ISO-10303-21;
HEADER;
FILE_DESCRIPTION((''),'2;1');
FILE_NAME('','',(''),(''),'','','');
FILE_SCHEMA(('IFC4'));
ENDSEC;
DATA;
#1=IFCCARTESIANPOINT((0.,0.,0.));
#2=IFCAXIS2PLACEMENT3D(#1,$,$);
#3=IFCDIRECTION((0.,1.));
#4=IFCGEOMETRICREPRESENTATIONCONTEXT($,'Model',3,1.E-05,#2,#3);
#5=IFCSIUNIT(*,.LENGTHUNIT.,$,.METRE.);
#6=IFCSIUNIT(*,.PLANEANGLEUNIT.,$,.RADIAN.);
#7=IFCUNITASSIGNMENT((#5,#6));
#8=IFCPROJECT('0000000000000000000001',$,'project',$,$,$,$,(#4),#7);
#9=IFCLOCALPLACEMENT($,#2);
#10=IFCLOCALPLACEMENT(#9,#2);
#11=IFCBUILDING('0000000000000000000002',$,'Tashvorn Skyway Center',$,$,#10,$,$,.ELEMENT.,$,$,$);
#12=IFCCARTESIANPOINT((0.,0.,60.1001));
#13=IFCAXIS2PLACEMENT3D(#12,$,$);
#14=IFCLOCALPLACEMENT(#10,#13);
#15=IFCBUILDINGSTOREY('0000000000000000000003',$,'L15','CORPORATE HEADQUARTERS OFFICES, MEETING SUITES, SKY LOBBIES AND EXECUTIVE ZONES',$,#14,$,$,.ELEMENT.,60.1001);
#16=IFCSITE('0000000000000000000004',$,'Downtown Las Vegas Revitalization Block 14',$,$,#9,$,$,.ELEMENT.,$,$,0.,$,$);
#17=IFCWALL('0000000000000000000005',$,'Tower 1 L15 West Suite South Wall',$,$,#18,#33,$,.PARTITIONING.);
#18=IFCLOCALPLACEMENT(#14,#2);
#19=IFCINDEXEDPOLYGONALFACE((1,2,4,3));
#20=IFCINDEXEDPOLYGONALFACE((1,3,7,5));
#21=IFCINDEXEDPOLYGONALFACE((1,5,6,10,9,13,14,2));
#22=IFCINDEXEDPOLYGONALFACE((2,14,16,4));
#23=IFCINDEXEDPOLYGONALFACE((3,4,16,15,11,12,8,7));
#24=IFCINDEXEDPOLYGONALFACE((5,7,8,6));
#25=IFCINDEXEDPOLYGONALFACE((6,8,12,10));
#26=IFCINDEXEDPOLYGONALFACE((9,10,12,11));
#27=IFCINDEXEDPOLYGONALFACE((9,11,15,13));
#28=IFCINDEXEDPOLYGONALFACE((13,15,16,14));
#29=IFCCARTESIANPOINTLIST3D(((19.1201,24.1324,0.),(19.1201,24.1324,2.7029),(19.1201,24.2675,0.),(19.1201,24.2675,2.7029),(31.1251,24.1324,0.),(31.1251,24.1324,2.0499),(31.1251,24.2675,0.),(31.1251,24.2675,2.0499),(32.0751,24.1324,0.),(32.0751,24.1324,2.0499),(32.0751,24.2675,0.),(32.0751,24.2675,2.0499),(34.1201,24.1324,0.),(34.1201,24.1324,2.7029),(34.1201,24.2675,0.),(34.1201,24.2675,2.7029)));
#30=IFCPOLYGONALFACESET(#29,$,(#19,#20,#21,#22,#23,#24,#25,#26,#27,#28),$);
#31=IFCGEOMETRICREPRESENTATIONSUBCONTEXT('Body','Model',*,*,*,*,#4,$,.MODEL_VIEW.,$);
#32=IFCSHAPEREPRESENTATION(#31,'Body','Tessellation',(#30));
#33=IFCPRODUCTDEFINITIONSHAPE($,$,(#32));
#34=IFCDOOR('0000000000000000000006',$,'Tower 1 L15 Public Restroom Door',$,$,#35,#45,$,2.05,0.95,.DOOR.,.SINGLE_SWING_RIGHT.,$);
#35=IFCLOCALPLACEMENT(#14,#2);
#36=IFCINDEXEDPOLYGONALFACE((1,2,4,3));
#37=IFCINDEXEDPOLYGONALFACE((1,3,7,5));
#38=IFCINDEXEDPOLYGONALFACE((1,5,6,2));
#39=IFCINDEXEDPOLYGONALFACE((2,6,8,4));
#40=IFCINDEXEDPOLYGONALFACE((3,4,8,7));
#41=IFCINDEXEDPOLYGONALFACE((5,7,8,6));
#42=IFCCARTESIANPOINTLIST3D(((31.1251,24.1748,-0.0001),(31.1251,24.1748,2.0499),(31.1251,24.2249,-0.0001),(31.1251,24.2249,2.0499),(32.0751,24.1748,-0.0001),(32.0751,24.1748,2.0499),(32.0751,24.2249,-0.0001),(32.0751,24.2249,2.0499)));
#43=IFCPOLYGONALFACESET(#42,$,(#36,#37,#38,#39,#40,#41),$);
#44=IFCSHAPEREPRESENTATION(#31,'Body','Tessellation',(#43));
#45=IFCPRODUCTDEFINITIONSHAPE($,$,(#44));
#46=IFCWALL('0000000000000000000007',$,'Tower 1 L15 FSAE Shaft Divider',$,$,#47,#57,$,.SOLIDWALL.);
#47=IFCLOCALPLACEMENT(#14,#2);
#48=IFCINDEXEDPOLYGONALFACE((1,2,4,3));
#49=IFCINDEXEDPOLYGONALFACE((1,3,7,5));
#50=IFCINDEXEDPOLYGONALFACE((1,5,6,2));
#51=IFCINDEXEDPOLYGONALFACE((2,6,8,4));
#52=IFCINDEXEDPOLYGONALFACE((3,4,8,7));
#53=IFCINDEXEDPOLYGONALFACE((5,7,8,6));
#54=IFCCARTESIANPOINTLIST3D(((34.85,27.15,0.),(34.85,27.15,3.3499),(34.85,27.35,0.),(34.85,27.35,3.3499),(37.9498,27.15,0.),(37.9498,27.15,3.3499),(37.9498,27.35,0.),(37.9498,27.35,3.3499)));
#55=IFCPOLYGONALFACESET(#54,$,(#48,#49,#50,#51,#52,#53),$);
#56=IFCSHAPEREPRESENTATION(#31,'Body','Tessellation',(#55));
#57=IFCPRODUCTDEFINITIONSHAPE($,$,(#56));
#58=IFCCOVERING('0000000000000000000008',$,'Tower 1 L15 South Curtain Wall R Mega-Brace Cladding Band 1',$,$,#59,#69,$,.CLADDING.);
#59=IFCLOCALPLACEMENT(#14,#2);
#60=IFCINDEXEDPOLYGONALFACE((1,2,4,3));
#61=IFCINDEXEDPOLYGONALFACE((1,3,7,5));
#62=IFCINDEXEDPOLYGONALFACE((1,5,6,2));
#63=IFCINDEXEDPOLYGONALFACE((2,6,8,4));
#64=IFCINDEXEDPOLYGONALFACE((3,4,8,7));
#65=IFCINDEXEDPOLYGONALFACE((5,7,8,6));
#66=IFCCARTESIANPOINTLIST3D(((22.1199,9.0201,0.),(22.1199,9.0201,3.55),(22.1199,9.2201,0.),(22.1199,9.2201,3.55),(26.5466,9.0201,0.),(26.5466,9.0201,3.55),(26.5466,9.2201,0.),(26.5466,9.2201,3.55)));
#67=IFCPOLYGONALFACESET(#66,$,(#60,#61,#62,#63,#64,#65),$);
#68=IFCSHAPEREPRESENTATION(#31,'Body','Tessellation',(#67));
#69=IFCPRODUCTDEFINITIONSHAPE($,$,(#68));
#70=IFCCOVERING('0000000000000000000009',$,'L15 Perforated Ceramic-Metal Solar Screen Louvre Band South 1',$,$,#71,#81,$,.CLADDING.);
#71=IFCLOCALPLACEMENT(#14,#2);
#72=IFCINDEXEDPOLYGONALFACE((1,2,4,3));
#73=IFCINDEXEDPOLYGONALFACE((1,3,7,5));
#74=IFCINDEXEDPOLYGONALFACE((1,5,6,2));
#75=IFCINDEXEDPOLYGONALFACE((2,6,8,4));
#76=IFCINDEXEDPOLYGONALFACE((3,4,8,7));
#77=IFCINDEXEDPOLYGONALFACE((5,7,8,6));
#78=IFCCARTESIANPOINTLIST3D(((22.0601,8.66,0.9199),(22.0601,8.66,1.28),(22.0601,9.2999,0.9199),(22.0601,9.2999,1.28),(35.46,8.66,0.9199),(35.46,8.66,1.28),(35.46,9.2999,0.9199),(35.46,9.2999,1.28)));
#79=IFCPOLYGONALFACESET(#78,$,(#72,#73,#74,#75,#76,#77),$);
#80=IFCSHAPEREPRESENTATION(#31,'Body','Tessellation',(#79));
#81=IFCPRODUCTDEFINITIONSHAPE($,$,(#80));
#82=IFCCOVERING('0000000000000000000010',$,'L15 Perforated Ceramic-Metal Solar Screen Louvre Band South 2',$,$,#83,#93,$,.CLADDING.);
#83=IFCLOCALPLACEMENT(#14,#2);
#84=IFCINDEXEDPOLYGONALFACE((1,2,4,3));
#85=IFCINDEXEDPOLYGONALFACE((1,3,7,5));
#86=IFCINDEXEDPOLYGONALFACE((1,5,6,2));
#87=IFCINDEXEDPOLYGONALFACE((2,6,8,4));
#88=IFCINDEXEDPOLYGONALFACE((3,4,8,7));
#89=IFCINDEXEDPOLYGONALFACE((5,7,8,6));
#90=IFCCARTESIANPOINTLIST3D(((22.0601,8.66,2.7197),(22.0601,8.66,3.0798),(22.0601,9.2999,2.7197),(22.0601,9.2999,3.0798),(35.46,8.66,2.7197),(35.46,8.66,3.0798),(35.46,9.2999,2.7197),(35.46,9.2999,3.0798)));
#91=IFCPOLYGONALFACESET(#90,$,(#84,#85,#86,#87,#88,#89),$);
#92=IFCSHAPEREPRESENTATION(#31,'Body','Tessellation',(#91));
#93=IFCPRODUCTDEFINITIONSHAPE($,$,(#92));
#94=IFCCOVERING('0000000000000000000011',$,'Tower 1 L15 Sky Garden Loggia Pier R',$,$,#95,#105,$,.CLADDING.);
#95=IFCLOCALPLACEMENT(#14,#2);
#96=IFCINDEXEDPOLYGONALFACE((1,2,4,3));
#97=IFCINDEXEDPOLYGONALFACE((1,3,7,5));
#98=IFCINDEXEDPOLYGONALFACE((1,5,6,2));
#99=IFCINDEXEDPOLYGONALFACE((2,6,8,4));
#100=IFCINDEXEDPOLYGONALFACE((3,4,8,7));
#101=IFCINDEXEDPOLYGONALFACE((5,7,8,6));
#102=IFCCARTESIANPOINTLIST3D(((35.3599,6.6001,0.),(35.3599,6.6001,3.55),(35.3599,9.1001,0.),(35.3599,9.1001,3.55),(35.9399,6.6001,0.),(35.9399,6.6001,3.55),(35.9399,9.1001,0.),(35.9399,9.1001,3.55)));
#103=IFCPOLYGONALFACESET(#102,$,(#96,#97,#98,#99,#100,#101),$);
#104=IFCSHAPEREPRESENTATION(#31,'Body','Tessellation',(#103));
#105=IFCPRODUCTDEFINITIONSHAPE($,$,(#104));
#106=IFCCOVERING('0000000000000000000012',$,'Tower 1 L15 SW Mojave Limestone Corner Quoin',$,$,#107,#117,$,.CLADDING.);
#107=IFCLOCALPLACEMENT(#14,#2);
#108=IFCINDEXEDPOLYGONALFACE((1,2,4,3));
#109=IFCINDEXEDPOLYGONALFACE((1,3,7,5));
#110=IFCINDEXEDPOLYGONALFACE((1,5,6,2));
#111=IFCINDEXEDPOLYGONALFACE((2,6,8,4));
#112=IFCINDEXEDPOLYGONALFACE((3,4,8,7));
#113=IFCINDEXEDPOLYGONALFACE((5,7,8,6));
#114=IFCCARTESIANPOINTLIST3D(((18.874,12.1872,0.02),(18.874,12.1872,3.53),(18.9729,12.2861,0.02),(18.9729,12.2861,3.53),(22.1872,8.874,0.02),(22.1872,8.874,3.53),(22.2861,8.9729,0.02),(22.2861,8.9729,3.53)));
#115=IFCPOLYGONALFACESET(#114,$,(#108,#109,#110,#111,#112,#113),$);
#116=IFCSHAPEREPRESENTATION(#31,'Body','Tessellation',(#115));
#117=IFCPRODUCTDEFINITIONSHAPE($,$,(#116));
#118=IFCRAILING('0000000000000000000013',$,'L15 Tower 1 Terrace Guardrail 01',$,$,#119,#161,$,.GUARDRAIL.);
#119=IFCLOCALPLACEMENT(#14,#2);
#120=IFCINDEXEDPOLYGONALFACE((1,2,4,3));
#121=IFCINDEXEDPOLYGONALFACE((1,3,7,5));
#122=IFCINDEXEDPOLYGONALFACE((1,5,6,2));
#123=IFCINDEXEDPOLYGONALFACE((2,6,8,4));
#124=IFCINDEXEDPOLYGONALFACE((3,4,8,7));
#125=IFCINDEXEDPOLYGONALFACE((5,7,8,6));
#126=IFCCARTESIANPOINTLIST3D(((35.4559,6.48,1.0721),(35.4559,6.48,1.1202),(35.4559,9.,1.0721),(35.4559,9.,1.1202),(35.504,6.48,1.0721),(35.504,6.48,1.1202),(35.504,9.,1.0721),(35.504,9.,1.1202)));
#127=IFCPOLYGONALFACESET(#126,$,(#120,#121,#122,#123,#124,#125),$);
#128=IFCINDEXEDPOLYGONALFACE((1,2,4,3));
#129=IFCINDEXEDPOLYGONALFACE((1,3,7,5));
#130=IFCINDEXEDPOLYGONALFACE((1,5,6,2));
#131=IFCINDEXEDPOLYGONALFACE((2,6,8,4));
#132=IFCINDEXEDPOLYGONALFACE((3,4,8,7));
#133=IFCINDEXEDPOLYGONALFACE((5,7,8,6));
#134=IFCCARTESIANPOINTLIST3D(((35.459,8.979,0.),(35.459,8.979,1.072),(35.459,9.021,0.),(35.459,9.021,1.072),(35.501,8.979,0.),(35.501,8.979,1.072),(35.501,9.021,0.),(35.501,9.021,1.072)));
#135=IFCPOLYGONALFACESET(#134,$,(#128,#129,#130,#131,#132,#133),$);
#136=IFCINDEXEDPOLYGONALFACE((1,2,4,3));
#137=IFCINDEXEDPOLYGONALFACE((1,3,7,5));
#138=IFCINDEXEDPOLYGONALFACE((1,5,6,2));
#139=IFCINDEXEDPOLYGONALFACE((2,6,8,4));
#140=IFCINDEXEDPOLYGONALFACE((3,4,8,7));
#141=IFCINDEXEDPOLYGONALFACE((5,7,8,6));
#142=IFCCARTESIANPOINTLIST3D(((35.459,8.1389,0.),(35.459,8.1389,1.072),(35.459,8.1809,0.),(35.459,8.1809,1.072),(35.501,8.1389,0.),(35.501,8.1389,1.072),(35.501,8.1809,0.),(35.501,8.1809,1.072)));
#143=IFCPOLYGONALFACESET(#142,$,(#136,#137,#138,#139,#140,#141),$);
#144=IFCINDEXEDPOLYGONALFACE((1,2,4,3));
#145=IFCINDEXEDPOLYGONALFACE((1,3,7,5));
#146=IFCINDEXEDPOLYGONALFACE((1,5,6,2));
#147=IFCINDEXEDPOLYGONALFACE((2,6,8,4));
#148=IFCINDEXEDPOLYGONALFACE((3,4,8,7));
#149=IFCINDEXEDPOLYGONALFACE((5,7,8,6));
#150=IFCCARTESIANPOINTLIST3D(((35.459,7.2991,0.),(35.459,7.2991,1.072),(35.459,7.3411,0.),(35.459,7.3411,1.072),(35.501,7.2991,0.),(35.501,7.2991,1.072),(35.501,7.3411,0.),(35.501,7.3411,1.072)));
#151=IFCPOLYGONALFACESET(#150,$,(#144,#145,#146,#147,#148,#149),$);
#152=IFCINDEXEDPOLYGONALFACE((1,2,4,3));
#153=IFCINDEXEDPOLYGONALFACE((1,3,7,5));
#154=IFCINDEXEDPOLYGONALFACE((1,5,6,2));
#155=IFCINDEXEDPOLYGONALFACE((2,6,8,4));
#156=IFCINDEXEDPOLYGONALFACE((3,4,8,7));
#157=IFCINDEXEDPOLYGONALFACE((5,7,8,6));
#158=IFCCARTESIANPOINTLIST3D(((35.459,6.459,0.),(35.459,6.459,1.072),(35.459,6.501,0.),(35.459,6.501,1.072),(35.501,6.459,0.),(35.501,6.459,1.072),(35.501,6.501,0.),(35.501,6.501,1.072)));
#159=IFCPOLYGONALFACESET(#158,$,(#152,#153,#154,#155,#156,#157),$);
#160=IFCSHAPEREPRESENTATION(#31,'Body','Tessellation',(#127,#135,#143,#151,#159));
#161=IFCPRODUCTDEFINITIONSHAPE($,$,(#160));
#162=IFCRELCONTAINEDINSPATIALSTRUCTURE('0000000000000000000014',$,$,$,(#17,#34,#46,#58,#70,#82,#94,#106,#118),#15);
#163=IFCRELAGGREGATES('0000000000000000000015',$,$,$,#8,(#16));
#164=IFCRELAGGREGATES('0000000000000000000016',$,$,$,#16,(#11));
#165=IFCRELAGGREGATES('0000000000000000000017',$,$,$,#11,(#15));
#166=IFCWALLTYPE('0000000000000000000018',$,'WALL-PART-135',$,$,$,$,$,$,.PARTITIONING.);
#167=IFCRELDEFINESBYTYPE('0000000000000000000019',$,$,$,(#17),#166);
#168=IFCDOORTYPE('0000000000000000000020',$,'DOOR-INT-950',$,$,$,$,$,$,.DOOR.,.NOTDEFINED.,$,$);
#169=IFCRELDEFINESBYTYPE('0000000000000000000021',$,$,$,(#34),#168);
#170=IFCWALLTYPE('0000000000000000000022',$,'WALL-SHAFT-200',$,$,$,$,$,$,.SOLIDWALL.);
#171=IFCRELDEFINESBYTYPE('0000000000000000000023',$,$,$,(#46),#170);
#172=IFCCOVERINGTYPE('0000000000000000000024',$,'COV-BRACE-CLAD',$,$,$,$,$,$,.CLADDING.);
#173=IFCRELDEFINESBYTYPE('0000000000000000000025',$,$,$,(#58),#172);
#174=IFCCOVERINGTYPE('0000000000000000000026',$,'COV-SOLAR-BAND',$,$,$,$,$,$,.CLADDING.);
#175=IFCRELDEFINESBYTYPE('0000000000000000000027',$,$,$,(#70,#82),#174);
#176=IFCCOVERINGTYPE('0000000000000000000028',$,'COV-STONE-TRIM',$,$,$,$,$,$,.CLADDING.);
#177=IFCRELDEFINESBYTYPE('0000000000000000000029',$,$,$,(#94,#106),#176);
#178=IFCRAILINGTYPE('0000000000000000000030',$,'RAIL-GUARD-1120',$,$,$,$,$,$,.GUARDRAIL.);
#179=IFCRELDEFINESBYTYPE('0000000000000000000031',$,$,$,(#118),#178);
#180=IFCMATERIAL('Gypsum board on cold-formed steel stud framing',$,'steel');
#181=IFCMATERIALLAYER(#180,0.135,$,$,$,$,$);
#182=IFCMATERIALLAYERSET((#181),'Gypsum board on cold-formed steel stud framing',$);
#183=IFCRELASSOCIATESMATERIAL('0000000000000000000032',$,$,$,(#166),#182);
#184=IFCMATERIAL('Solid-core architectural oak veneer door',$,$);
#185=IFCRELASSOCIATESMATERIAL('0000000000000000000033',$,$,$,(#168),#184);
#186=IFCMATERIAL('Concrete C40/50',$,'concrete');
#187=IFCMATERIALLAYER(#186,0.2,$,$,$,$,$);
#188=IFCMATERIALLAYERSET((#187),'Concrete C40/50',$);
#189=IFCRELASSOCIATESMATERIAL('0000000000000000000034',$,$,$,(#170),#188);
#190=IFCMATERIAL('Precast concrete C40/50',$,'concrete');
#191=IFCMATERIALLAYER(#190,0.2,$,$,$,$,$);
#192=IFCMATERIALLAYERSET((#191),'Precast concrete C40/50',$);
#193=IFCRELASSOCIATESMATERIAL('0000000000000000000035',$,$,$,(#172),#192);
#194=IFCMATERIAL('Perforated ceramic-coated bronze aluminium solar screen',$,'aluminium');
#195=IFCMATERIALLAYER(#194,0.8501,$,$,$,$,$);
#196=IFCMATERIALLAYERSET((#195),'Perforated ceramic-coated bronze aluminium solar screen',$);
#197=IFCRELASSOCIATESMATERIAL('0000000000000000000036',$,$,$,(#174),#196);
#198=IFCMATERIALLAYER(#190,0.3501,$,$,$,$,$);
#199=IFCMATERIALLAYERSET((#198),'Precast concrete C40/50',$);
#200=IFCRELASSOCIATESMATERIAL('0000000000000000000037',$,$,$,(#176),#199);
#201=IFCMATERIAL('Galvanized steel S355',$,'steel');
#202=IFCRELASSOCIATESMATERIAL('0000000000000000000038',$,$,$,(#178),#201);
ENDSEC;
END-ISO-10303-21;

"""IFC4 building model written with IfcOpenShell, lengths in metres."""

from ifc_helpers import new_model, si_unit, direction, frame, frame_2d, origin, origin_2d, place, context, subcontext, project, spatial, rectangle, extrude, material, layer, layer_set, type_object, element, fill, save


model = new_model("IFC4")

# Units and contexts
model_context = context("Model", 3, precision=1e-05, world=origin(), true_north=direction((0.0, 1.0)))
body_context = subcontext(model_context, "Body", "Model", "MODEL_VIEW")
ifc_project = project(units=[si_unit("LENGTHUNIT", "METRE"), si_unit("PLANEANGLEUNIT", "RADIAN")], contexts=[model_context])

# Site, building, storey
site_placement = place(None, origin())
site = spatial("IfcSite", under=ifc_project, at=site_placement, Name="Downtown Las Vegas Revitalization Block 14", CompositionType="ELEMENT", RefElevation=0.0)
building_placement = place(site_placement, origin())
building = spatial("IfcBuilding", under=site, at=building_placement, Name="Tashvorn Skyway Center", CompositionType="ELEMENT")
storey_placement = place(building_placement, frame((0.0, 0.0, 60.1001)))
storey = spatial("IfcBuildingStorey", under=building, at=storey_placement, Name="L15", Description="CORPORATE HEADQUARTERS OFFICES, MEETING SUITES, SKY LOBBIES AND EXECUTIVE ZONES", CompositionType="ELEMENT", Elevation=60.1001)

# Shared definitions
ifc_material_1 = material(Name="Precast concrete C40/50", Category="concrete")

# Wall, opening, door
ifc_material_2 = material(Name="Gypsum board on cold-formed steel stud framing", Category="steel")
ifc_layer_1 = layer(ifc_material_2, 0.135)
ifc_layer_set_1 = layer_set([ifc_layer_1], Name="Gypsum board on cold-formed steel stud framing")
wall_type_1 = type_object("IfcWallType", Name="WALL-PART-135", PredefinedType="PARTITIONING", material=ifc_layer_set_1)
wall_1_placement = place(storey_placement, frame((19.1201, 24.2, 0.0), z_axis=(0.0, 0.0, 1.0), x_axis=(1.0, 0.0, 0.0)))
wall_1 = element("IfcWall", 1, at=wall_1_placement, inside=storey, type_object=wall_type_1, Name="Tower 1 L15 West Suite South Wall", PredefinedType="PARTITIONING", context=body_context, shape_type="SweptSolid", body=[
    extrude(rectangle(XDim=15.0, YDim=0.135, at=frame_2d((7.5, 0.0))), origin(), (0.0, 0.0, 1.0), 2.7029),
])
opening_placement = place(wall_1_placement, frame((12.0049, 0.0, 0.0)))
opening = element("IfcOpeningElement", 2, at=opening_placement, cuts=wall_1, PredefinedType="OPENING", context=body_context, shape_type="SweptSolid", body=[
    extrude(rectangle(XDim=0.95, YDim=2.05, at=frame_2d((0.4751, 1.0249))), frame((0.0, 0.0774, 0.0), z_axis=(0.0, -1.0, 0.0), x_axis=(1.0, 0.0, 0.0)), (0.0, 0.0, 1.0), 0.155),
])
ifc_material_3 = material(Name="Solid-core architectural oak veneer door")
door_type = type_object("IfcDoorType", Name="DOOR-INT-950", OperationType="NOTDEFINED", PredefinedType="DOOR", material=ifc_material_3)
door_placement = place(opening_placement, origin())
door = element("IfcDoor", 3, at=door_placement, inside=storey, type_object=door_type, Name="Tower 1 L15 Public Restroom Door", OperationType="SINGLE_SWING_RIGHT", OverallHeight=2.05, OverallWidth=0.95, PredefinedType="DOOR", context=body_context, shape_type="SweptSolid", body=[
    extrude(rectangle(XDim=0.95, YDim=2.05, at=frame_2d((0.4751, 1.0249))), frame((0.0, 0.0249, 0.0), z_axis=(0.0, -1.0, 0.0), x_axis=(1.0, 0.0, 0.0)), (0.0, 0.0, 1.0), 0.05),
])
fill(opening, door)

# Wall
ifc_material_4 = material(Name="Concrete C40/50", Category="concrete")
ifc_layer_2 = layer(ifc_material_4, 0.2)
ifc_layer_set_2 = layer_set([ifc_layer_2], Name="Concrete C40/50")
wall_type_2 = type_object("IfcWallType", Name="WALL-SHAFT-200", PredefinedType="SOLIDWALL", material=ifc_layer_set_2)
wall_2_placement = place(storey_placement, frame((34.8501, 27.25, 0.0), z_axis=(0.0, 0.0, 1.0), x_axis=(1.0, 0.0, 0.0)))
element("IfcWall", 4, at=wall_2_placement, inside=storey, type_object=wall_type_2, Name="Tower 1 L15 FSAE Shaft Divider", PredefinedType="SOLIDWALL", context=body_context, shape_type="SweptSolid", body=[
    extrude(rectangle(XDim=3.0999, YDim=0.2, at=frame_2d((1.5498, 0.0))), origin(), (0.0, 0.0, 1.0), 3.3499),
])

# Coverings
ifc_layer_3 = layer(ifc_material_1, 0.2)
ifc_layer_set_3 = layer_set([ifc_layer_3], Name="Precast concrete C40/50")
covering_type_1 = type_object("IfcCoveringType", Name="COV-BRACE-CLAD", PredefinedType="CLADDING", material=ifc_layer_set_3)
covering_1_placement = place(storey_placement, frame((24.3333, 9.1201, 0.0), z_axis=(0.0, 0.0, 1.0), x_axis=(-1.0, 0.0, 0.0)))
element("IfcCovering", 5, at=covering_1_placement, inside=storey, type_object=covering_type_1, Name="Tower 1 L15 South Curtain Wall R Mega-Brace Cladding Band 1", PredefinedType="CLADDING", context=body_context, shape_type="SweptSolid", body=[
    extrude(rectangle(XDim=4.4268, YDim=0.2, at=origin_2d()), origin(), (0.0, 0.0, 1.0), 3.55),
])
ifc_material_5 = material(Name="Perforated ceramic-coated bronze aluminium solar screen", Category="aluminium")
ifc_layer_4 = layer(ifc_material_5, 0.8501)
ifc_layer_set_4 = layer_set([ifc_layer_4], Name="Perforated ceramic-coated bronze aluminium solar screen")
covering_type_2 = type_object("IfcCoveringType", Name="COV-SOLAR-BAND", PredefinedType="CLADDING", material=ifc_layer_set_4)
for number, where, z_axis, x_axis, name in (
    (6, (28.76, 8.98, 0.9199), (0.0, 0.0, 1.0), (-1.0, 0.0, 0.0), "L15 Perforated Ceramic-Metal Solar Screen Louvre Band South 1"),
    (7, (28.76, 8.98, 2.7197), (0.0, 0.0, 1.0), (-1.0, 0.0, 0.0), "L15 Perforated Ceramic-Metal Solar Screen Louvre Band South 2"),
):
    element("IfcCovering", number, at=place(storey_placement, frame(where, z_axis=z_axis, x_axis=x_axis)), inside=storey, type_object=covering_type_2, Name=name, PredefinedType="CLADDING", context=body_context, shape_type="SweptSolid", body=[
        extrude(rectangle(XDim=13.3999, YDim=0.6399, at=origin_2d()), origin(), (0.0, 0.0, 1.0), 0.3601),
    ])
ifc_layer_5 = layer(ifc_material_1, 0.3501)
ifc_layer_set_5 = layer_set([ifc_layer_5], Name="Precast concrete C40/50")
covering_type_3 = type_object("IfcCoveringType", Name="COV-STONE-TRIM", PredefinedType="CLADDING", material=ifc_layer_set_5)
covering_2_placement = place(storey_placement, frame((35.6499, 7.8501, 0.0), z_axis=(0.0, 0.0, 1.0), x_axis=(-1.0, 0.0, 0.0)))
element("IfcCovering", 8, at=covering_2_placement, inside=storey, type_object=covering_type_3, Name="Tower 1 L15 Sky Garden Loggia Pier R", PredefinedType="CLADDING", context=body_context, shape_type="SweptSolid", body=[
    extrude(rectangle(XDim=0.5801, YDim=2.5, at=origin_2d()), origin(), (0.0, 0.0, 1.0), 3.55),
])
covering_3_placement = place(storey_placement, frame((20.5801, 10.5801, 0.02), z_axis=(0.0, 0.0, 1.0), x_axis=(-0.707107, 0.707107, 0.0)))
element("IfcCovering", 9, at=covering_3_placement, inside=storey, type_object=covering_type_3, Name="Tower 1 L15 SW Mojave Limestone Corner Quoin", PredefinedType="CLADDING", context=body_context, shape_type="SweptSolid", body=[
    extrude(rectangle(XDim=4.6855, YDim=0.1399, at=origin_2d()), origin(), (0.0, 0.0, 1.0), 3.51),
])

# Railing
ifc_material_6 = material(Name="Galvanized steel S355", Category="steel")
railing_type = type_object("IfcRailingType", Name="RAIL-GUARD-1120", PredefinedType="GUARDRAIL", material=ifc_material_6)
railing_1_placement = place(storey_placement, frame((35.48, 9.0, 0.0)))
element("IfcRailing", 10, at=railing_1_placement, inside=storey, type_object=railing_type, Name="L15 Tower 1 Terrace Guardrail 01", PredefinedType="GUARDRAIL", context=body_context, shape_type="SweptSolid", body=[
    extrude(rectangle(XDim=0.0481, YDim=0.0481, at=origin_2d()), frame((0.0, 0.0, 1.0962), z_axis=(0.0, -1.0, 0.0), x_axis=(1.0, 0.0, 0.0)), (0.0, 0.0, 1.0), 2.52),
    extrude(rectangle(XDim=0.042, YDim=0.042, at=origin_2d()), origin(), (0.0, 0.0, 1.0), 1.072),
    extrude(rectangle(XDim=0.042, YDim=0.042, at=origin_2d()), frame((0.0, -0.8401, 0.0)), (0.0, 0.0, 1.0), 1.072),
    extrude(rectangle(XDim=0.042, YDim=0.042, at=origin_2d()), frame((0.0, -1.6799, 0.0)), (0.0, 0.0, 1.0), 1.072),
    extrude(rectangle(XDim=0.042, YDim=0.042, at=origin_2d()), frame((0.0, -2.52, 0.0)), (0.0, 0.0, 1.0), 1.072),
])

save(model, "model.ifc")
